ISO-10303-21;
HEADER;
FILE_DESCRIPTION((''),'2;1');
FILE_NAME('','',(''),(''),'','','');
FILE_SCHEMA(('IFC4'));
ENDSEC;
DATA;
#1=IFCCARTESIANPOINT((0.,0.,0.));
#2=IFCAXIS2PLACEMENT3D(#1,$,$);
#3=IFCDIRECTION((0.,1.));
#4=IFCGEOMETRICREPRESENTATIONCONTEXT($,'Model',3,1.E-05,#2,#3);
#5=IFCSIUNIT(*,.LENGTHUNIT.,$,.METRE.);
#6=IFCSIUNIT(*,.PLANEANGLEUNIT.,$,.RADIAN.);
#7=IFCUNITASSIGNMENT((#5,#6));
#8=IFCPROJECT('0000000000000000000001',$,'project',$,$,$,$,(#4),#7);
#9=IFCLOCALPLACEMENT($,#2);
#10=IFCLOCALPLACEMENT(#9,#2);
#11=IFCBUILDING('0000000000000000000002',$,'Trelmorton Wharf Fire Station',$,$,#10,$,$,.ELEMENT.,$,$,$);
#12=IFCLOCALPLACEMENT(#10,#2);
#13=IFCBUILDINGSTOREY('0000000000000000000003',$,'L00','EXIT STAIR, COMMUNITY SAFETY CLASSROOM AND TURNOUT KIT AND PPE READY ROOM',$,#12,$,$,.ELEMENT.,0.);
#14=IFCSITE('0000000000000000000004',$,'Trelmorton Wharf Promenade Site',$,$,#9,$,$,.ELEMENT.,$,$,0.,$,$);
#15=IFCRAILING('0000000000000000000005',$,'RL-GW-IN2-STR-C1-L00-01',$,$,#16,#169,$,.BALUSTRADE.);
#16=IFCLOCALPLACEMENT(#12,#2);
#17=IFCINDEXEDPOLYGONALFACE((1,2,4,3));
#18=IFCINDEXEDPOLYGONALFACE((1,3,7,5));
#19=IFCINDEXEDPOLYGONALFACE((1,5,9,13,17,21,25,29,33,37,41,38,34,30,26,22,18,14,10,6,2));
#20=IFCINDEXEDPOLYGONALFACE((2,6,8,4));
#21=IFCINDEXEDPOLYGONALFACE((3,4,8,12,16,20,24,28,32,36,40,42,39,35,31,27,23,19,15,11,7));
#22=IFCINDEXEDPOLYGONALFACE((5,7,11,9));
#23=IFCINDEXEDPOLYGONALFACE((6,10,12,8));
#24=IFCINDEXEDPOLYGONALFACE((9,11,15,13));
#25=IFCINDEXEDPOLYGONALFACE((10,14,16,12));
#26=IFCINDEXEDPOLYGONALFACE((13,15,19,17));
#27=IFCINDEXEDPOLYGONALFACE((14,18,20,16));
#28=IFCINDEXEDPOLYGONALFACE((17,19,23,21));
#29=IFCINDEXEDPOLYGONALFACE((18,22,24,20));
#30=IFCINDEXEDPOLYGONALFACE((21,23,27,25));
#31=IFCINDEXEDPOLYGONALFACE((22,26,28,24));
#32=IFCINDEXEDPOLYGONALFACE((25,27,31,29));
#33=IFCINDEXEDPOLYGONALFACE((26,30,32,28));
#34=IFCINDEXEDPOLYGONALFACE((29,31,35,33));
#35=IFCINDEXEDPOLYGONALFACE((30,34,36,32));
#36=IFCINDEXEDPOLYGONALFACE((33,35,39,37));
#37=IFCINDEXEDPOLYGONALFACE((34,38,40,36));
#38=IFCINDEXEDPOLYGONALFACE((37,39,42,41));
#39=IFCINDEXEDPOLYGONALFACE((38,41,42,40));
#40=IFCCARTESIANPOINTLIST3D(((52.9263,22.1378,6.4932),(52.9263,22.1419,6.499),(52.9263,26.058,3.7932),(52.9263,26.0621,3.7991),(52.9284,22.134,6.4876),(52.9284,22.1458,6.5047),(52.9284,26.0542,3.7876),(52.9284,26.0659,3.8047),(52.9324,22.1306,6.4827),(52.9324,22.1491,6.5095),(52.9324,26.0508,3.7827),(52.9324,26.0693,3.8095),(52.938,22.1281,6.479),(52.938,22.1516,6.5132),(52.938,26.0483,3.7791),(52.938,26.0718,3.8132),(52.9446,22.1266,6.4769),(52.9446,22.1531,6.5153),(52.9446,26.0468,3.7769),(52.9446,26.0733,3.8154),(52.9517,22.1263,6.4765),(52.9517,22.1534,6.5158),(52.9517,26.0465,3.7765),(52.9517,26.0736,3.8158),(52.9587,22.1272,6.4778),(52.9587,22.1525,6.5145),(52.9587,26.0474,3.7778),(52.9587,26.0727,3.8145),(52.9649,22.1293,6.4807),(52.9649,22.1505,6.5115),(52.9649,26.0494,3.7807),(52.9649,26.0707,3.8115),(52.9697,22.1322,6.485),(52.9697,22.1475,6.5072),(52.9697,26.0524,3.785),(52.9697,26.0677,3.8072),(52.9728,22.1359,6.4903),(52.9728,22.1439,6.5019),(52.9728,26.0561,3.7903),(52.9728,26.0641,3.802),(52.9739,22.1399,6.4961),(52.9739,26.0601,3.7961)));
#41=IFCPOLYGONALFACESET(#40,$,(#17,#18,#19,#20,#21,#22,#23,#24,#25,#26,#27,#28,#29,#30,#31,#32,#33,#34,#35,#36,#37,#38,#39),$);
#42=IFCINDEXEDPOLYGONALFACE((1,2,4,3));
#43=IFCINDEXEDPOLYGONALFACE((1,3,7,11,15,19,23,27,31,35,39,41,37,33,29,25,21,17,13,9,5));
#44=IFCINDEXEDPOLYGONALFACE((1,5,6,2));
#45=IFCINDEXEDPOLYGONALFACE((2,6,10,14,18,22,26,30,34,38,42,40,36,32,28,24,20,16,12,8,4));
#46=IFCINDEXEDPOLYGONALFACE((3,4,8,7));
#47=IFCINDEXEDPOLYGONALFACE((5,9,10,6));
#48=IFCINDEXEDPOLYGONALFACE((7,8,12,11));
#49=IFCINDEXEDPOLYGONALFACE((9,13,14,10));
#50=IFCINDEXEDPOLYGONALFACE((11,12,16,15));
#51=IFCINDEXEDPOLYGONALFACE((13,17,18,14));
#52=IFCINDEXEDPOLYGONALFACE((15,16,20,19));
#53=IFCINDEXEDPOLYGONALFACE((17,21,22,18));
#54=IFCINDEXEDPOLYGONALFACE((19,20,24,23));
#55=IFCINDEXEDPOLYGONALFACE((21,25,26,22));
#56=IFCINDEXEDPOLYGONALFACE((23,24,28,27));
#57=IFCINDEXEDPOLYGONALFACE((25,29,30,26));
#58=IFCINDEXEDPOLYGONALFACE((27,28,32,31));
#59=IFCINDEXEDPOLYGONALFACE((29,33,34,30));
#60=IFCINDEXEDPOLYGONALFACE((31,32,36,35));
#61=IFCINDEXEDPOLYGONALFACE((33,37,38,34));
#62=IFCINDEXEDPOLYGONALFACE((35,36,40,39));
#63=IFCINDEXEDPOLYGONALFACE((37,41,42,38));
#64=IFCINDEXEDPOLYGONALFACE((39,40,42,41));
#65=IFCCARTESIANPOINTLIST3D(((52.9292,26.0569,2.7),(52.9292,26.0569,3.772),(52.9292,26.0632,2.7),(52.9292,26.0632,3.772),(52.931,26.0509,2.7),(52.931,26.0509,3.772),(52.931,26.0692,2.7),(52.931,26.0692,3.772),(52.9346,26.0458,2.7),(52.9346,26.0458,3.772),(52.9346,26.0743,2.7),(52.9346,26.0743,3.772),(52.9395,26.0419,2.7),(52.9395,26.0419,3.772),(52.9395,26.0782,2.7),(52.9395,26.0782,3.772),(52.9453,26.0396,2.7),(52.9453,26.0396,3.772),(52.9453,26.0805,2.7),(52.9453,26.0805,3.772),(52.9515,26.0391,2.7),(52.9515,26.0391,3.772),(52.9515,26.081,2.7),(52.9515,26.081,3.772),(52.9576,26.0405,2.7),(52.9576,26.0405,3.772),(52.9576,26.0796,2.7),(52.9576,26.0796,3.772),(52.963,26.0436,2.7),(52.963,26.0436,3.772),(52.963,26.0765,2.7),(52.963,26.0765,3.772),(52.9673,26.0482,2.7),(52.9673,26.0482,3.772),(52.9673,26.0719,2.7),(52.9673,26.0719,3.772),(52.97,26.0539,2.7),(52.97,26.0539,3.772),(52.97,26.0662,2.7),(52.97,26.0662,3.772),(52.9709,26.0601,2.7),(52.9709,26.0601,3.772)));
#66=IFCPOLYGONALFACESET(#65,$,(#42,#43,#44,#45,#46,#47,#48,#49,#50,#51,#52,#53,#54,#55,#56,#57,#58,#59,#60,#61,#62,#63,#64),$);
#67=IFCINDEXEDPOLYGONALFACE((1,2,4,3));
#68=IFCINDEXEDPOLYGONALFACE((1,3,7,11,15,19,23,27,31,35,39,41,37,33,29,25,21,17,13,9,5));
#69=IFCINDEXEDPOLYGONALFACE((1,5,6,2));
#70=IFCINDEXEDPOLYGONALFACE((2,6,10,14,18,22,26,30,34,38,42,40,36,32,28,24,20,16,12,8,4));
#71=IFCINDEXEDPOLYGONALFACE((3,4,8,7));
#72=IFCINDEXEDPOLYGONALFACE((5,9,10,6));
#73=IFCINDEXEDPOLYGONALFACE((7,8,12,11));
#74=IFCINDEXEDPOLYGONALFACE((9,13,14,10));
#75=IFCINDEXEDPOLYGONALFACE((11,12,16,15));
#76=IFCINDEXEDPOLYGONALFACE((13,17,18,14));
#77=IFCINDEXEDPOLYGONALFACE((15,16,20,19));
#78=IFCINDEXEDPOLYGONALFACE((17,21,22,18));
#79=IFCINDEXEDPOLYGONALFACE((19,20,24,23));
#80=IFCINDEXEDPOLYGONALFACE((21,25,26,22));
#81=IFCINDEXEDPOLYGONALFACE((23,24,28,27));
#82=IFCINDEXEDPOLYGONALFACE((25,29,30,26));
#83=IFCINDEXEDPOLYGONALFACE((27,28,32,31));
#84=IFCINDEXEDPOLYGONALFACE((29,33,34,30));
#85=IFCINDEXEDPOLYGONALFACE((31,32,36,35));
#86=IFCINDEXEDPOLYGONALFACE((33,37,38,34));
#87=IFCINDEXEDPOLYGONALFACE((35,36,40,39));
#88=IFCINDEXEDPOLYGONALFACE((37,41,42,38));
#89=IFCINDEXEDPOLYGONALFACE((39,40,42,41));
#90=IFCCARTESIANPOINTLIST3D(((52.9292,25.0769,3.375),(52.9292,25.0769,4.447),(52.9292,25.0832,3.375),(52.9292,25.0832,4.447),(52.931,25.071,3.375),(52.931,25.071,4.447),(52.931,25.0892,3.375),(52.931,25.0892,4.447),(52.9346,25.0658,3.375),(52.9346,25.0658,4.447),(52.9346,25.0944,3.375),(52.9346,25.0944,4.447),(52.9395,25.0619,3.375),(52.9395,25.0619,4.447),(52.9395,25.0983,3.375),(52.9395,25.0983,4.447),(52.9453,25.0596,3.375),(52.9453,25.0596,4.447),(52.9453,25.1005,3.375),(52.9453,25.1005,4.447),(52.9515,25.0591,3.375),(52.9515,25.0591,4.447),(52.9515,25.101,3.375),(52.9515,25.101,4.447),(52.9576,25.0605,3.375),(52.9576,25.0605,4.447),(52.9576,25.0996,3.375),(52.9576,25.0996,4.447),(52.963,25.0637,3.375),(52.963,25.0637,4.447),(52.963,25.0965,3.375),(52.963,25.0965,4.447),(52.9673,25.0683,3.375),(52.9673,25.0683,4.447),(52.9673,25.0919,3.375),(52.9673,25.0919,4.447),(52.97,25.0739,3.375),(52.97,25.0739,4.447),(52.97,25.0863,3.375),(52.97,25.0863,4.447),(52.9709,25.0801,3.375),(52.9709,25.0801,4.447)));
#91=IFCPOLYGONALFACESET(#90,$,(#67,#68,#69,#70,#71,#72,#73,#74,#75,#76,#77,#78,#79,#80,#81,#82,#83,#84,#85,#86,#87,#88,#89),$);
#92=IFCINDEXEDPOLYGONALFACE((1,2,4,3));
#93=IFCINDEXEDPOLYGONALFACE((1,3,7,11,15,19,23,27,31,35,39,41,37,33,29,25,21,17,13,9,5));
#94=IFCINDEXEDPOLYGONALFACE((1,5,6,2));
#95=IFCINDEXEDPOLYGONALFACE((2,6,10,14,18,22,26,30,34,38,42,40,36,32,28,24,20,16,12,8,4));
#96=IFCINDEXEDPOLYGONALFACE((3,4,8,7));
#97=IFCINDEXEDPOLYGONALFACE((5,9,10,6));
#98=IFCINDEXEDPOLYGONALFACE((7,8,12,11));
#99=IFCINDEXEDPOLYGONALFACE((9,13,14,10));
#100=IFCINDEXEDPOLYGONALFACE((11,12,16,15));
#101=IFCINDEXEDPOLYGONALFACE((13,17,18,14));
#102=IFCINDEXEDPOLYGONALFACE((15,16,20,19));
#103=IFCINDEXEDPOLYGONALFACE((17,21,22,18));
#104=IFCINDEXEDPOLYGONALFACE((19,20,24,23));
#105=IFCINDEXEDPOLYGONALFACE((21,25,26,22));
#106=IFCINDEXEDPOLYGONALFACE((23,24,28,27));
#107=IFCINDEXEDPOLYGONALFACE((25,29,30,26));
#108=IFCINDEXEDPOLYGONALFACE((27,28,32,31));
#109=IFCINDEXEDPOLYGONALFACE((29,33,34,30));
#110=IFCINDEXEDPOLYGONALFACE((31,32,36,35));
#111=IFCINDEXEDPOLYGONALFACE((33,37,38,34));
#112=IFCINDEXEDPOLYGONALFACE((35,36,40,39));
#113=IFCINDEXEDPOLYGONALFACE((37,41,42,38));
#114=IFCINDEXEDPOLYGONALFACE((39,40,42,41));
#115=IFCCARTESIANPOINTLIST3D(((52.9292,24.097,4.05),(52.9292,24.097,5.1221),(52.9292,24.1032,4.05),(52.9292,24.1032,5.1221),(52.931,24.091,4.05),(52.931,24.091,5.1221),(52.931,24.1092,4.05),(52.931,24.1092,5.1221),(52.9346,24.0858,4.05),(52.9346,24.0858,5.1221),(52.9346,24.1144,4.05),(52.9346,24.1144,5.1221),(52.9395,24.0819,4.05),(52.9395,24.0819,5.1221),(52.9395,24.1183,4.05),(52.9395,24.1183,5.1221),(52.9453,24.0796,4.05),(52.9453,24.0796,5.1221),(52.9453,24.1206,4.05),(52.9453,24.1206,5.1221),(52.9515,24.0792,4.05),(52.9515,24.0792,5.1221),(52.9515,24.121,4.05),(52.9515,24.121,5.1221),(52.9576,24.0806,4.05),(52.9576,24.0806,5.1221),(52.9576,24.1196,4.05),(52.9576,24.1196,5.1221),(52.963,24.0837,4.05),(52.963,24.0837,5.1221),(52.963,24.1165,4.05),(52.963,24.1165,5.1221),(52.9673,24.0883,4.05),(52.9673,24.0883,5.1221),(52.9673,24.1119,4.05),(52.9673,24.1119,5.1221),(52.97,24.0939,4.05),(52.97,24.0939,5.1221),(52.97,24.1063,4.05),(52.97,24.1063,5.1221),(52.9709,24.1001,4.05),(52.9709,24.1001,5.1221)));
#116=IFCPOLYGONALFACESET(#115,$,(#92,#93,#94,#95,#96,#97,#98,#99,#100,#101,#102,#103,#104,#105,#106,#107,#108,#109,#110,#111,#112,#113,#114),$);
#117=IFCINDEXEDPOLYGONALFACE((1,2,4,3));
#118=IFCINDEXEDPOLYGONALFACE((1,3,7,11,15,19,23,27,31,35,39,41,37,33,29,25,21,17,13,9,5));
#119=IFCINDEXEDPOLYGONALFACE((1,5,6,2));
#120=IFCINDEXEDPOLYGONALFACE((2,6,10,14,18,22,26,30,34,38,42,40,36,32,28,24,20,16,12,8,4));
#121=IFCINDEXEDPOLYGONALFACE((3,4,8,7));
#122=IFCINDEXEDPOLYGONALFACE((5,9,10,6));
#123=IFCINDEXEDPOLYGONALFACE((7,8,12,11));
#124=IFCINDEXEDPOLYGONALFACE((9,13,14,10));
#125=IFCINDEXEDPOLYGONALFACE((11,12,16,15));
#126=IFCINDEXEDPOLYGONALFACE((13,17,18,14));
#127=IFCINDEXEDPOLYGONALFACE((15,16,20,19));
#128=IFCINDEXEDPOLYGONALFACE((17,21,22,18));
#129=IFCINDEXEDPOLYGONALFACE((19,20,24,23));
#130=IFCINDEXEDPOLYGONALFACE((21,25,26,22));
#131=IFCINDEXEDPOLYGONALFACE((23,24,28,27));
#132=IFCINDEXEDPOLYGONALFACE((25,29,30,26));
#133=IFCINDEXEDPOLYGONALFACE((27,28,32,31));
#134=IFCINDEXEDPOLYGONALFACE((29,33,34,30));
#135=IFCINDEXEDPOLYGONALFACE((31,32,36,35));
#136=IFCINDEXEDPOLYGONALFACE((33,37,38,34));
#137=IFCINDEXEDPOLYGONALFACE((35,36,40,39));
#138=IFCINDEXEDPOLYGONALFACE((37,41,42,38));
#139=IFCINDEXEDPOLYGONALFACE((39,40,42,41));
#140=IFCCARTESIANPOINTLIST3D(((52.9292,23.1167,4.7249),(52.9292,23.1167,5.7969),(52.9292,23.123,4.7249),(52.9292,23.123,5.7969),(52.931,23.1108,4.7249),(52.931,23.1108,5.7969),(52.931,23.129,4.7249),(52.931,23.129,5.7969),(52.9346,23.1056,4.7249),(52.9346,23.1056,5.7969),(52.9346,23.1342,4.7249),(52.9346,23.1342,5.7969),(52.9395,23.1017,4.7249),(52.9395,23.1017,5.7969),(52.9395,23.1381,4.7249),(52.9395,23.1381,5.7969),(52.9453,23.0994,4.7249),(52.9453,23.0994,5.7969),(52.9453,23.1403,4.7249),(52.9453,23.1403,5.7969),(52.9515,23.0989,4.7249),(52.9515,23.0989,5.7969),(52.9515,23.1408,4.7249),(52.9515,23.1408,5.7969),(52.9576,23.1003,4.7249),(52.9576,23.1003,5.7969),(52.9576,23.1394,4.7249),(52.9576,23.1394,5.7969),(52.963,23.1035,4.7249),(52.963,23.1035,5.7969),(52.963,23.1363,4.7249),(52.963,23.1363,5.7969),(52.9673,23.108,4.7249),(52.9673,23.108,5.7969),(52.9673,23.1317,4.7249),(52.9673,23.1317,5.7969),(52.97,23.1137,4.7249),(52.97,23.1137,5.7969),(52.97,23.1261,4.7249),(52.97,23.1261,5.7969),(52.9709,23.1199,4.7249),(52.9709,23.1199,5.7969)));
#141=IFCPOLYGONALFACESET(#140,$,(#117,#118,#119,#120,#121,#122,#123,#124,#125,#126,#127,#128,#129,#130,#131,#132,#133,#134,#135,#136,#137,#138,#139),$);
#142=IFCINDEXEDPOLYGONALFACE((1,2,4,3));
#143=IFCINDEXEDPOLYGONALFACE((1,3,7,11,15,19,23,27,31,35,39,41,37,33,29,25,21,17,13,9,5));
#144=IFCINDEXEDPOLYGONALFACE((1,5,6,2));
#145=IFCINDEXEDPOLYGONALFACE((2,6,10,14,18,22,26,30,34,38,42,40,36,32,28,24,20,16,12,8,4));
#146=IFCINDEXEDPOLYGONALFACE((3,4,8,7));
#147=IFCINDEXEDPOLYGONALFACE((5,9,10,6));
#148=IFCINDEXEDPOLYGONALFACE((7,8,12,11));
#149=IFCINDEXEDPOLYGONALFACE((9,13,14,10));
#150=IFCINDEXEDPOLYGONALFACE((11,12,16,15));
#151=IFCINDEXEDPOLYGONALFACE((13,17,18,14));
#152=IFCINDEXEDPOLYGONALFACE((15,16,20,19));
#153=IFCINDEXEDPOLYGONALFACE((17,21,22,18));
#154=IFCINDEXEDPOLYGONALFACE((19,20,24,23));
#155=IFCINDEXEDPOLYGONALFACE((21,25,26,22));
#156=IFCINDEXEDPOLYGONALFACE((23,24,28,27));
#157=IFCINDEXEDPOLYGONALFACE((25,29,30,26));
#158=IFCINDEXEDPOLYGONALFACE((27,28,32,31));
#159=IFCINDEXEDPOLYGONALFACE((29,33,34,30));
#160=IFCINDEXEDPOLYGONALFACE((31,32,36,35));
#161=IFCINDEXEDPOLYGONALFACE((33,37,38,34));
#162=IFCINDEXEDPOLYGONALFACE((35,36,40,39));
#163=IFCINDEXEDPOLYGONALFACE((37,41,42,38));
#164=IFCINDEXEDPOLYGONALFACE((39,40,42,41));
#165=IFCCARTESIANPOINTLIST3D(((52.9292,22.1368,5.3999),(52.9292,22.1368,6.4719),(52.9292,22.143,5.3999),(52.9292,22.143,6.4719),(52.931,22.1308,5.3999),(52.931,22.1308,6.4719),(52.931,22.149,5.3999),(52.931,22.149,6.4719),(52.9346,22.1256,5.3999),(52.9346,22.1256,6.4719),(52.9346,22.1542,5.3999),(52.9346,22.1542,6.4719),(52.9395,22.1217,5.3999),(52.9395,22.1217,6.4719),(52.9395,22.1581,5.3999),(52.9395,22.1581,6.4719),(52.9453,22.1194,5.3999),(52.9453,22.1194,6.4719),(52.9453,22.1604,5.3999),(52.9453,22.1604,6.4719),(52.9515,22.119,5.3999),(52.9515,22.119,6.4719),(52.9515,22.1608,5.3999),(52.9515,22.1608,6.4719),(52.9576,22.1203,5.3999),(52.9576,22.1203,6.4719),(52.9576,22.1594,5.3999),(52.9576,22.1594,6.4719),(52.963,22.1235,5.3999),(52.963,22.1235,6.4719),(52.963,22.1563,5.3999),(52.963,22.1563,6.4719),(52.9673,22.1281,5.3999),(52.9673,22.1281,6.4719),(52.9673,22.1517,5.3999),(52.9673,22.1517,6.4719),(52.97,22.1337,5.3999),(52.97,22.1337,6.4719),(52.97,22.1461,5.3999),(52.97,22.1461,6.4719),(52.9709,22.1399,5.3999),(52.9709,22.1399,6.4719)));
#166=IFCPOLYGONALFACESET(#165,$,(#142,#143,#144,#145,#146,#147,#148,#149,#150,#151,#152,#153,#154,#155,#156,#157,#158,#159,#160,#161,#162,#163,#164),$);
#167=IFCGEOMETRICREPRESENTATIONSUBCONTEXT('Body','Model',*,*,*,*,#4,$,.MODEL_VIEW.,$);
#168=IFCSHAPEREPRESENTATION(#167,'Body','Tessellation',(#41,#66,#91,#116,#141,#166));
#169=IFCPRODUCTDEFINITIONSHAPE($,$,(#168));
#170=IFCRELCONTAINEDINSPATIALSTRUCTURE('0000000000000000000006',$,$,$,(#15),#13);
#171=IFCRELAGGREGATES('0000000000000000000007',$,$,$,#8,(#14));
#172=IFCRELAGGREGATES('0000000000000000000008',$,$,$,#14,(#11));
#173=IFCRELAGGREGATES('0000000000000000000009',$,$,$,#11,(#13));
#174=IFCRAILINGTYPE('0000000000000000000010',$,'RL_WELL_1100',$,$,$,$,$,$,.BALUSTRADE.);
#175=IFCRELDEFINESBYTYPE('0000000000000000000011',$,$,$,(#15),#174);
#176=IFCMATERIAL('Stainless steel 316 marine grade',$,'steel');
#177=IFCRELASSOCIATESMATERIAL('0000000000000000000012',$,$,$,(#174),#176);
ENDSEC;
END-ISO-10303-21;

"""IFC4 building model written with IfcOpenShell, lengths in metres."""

from ifc_helpers import new_model, si_unit, direction, frame, origin, origin_2d, place, context, subcontext, project, spatial, circle, extrude, material, type_object, element, save


model = new_model("IFC4")

# Units and contexts
model_context = context("Model", 3, precision=1e-05, world=origin(), true_north=direction((0.0, 1.0)))
body_context = subcontext(model_context, "Body", "Model", "MODEL_VIEW")
ifc_project = project(units=[si_unit("LENGTHUNIT", "METRE"), si_unit("PLANEANGLEUNIT", "RADIAN")], contexts=[model_context])

# Site, building, storey
site_placement = place(None, origin())
site = spatial("IfcSite", under=ifc_project, at=site_placement, Name="Trelmorton Wharf Promenade Site", CompositionType="ELEMENT", RefElevation=0.0)
building_placement = place(site_placement, origin())
building = spatial("IfcBuilding", under=site, at=building_placement, Name="Trelmorton Wharf Fire Station", CompositionType="ELEMENT")
storey_placement = place(building_placement, origin())
storey = spatial("IfcBuildingStorey", under=building, at=storey_placement, Name="L00", Description="EXIT STAIR, COMMUNITY SAFETY CLASSROOM AND TURNOUT KIT AND PPE READY ROOM", CompositionType="ELEMENT", Elevation=0.0)

# Shared definitions
ifc_material_1 = material(Name="Stainless steel 316 marine grade", Category="steel")

# Railing
railing_type_1 = type_object("IfcRailingType", Name="RL_WELL_1100", PredefinedType="BALUSTRADE", material=ifc_material_1)
railing_1_placement = place(storey_placement, frame((52.95, 26.0601, 2.7)))
element("IfcRailing", 1, at=railing_1_placement, inside=storey, type_object=railing_type_1, Name="RL-GW-IN2-STR-C1-L00-01", PredefinedType="BALUSTRADE", context=body_context, shape_type="SweptSolid", body=[
    extrude(circle(Radius=0.0239, at=origin_2d()), frame((0.0, 0.0, 1.0962), z_axis=(0.0, -0.823567, 0.567219), x_axis=(1.0, 0.0, 0.0)), (0.0, 0.0, 1.0), 4.76),
    extrude(circle(Radius=0.021, at=origin_2d()), origin(), (0.0, 0.0, 1.0), 1.072),
    extrude(circle(Radius=0.021, at=origin_2d()), frame((0.0, -0.98, 0.675)), (0.0, 0.0, 1.0), 1.072),
    extrude(circle(Radius=0.021, at=origin_2d()), frame((0.0, -1.96, 1.3501)), (0.0, 0.0, 1.0), 1.072),
    extrude(circle(Radius=0.021, at=origin_2d()), frame((0.0, -2.9402, 2.0249)), (0.0, 0.0, 1.0), 1.072),
    extrude(circle(Radius=0.021, at=origin_2d()), frame((0.0, -3.9202, 2.7)), (0.0, 0.0, 1.0), 1.072),
])

save(model, "model.ifc")
